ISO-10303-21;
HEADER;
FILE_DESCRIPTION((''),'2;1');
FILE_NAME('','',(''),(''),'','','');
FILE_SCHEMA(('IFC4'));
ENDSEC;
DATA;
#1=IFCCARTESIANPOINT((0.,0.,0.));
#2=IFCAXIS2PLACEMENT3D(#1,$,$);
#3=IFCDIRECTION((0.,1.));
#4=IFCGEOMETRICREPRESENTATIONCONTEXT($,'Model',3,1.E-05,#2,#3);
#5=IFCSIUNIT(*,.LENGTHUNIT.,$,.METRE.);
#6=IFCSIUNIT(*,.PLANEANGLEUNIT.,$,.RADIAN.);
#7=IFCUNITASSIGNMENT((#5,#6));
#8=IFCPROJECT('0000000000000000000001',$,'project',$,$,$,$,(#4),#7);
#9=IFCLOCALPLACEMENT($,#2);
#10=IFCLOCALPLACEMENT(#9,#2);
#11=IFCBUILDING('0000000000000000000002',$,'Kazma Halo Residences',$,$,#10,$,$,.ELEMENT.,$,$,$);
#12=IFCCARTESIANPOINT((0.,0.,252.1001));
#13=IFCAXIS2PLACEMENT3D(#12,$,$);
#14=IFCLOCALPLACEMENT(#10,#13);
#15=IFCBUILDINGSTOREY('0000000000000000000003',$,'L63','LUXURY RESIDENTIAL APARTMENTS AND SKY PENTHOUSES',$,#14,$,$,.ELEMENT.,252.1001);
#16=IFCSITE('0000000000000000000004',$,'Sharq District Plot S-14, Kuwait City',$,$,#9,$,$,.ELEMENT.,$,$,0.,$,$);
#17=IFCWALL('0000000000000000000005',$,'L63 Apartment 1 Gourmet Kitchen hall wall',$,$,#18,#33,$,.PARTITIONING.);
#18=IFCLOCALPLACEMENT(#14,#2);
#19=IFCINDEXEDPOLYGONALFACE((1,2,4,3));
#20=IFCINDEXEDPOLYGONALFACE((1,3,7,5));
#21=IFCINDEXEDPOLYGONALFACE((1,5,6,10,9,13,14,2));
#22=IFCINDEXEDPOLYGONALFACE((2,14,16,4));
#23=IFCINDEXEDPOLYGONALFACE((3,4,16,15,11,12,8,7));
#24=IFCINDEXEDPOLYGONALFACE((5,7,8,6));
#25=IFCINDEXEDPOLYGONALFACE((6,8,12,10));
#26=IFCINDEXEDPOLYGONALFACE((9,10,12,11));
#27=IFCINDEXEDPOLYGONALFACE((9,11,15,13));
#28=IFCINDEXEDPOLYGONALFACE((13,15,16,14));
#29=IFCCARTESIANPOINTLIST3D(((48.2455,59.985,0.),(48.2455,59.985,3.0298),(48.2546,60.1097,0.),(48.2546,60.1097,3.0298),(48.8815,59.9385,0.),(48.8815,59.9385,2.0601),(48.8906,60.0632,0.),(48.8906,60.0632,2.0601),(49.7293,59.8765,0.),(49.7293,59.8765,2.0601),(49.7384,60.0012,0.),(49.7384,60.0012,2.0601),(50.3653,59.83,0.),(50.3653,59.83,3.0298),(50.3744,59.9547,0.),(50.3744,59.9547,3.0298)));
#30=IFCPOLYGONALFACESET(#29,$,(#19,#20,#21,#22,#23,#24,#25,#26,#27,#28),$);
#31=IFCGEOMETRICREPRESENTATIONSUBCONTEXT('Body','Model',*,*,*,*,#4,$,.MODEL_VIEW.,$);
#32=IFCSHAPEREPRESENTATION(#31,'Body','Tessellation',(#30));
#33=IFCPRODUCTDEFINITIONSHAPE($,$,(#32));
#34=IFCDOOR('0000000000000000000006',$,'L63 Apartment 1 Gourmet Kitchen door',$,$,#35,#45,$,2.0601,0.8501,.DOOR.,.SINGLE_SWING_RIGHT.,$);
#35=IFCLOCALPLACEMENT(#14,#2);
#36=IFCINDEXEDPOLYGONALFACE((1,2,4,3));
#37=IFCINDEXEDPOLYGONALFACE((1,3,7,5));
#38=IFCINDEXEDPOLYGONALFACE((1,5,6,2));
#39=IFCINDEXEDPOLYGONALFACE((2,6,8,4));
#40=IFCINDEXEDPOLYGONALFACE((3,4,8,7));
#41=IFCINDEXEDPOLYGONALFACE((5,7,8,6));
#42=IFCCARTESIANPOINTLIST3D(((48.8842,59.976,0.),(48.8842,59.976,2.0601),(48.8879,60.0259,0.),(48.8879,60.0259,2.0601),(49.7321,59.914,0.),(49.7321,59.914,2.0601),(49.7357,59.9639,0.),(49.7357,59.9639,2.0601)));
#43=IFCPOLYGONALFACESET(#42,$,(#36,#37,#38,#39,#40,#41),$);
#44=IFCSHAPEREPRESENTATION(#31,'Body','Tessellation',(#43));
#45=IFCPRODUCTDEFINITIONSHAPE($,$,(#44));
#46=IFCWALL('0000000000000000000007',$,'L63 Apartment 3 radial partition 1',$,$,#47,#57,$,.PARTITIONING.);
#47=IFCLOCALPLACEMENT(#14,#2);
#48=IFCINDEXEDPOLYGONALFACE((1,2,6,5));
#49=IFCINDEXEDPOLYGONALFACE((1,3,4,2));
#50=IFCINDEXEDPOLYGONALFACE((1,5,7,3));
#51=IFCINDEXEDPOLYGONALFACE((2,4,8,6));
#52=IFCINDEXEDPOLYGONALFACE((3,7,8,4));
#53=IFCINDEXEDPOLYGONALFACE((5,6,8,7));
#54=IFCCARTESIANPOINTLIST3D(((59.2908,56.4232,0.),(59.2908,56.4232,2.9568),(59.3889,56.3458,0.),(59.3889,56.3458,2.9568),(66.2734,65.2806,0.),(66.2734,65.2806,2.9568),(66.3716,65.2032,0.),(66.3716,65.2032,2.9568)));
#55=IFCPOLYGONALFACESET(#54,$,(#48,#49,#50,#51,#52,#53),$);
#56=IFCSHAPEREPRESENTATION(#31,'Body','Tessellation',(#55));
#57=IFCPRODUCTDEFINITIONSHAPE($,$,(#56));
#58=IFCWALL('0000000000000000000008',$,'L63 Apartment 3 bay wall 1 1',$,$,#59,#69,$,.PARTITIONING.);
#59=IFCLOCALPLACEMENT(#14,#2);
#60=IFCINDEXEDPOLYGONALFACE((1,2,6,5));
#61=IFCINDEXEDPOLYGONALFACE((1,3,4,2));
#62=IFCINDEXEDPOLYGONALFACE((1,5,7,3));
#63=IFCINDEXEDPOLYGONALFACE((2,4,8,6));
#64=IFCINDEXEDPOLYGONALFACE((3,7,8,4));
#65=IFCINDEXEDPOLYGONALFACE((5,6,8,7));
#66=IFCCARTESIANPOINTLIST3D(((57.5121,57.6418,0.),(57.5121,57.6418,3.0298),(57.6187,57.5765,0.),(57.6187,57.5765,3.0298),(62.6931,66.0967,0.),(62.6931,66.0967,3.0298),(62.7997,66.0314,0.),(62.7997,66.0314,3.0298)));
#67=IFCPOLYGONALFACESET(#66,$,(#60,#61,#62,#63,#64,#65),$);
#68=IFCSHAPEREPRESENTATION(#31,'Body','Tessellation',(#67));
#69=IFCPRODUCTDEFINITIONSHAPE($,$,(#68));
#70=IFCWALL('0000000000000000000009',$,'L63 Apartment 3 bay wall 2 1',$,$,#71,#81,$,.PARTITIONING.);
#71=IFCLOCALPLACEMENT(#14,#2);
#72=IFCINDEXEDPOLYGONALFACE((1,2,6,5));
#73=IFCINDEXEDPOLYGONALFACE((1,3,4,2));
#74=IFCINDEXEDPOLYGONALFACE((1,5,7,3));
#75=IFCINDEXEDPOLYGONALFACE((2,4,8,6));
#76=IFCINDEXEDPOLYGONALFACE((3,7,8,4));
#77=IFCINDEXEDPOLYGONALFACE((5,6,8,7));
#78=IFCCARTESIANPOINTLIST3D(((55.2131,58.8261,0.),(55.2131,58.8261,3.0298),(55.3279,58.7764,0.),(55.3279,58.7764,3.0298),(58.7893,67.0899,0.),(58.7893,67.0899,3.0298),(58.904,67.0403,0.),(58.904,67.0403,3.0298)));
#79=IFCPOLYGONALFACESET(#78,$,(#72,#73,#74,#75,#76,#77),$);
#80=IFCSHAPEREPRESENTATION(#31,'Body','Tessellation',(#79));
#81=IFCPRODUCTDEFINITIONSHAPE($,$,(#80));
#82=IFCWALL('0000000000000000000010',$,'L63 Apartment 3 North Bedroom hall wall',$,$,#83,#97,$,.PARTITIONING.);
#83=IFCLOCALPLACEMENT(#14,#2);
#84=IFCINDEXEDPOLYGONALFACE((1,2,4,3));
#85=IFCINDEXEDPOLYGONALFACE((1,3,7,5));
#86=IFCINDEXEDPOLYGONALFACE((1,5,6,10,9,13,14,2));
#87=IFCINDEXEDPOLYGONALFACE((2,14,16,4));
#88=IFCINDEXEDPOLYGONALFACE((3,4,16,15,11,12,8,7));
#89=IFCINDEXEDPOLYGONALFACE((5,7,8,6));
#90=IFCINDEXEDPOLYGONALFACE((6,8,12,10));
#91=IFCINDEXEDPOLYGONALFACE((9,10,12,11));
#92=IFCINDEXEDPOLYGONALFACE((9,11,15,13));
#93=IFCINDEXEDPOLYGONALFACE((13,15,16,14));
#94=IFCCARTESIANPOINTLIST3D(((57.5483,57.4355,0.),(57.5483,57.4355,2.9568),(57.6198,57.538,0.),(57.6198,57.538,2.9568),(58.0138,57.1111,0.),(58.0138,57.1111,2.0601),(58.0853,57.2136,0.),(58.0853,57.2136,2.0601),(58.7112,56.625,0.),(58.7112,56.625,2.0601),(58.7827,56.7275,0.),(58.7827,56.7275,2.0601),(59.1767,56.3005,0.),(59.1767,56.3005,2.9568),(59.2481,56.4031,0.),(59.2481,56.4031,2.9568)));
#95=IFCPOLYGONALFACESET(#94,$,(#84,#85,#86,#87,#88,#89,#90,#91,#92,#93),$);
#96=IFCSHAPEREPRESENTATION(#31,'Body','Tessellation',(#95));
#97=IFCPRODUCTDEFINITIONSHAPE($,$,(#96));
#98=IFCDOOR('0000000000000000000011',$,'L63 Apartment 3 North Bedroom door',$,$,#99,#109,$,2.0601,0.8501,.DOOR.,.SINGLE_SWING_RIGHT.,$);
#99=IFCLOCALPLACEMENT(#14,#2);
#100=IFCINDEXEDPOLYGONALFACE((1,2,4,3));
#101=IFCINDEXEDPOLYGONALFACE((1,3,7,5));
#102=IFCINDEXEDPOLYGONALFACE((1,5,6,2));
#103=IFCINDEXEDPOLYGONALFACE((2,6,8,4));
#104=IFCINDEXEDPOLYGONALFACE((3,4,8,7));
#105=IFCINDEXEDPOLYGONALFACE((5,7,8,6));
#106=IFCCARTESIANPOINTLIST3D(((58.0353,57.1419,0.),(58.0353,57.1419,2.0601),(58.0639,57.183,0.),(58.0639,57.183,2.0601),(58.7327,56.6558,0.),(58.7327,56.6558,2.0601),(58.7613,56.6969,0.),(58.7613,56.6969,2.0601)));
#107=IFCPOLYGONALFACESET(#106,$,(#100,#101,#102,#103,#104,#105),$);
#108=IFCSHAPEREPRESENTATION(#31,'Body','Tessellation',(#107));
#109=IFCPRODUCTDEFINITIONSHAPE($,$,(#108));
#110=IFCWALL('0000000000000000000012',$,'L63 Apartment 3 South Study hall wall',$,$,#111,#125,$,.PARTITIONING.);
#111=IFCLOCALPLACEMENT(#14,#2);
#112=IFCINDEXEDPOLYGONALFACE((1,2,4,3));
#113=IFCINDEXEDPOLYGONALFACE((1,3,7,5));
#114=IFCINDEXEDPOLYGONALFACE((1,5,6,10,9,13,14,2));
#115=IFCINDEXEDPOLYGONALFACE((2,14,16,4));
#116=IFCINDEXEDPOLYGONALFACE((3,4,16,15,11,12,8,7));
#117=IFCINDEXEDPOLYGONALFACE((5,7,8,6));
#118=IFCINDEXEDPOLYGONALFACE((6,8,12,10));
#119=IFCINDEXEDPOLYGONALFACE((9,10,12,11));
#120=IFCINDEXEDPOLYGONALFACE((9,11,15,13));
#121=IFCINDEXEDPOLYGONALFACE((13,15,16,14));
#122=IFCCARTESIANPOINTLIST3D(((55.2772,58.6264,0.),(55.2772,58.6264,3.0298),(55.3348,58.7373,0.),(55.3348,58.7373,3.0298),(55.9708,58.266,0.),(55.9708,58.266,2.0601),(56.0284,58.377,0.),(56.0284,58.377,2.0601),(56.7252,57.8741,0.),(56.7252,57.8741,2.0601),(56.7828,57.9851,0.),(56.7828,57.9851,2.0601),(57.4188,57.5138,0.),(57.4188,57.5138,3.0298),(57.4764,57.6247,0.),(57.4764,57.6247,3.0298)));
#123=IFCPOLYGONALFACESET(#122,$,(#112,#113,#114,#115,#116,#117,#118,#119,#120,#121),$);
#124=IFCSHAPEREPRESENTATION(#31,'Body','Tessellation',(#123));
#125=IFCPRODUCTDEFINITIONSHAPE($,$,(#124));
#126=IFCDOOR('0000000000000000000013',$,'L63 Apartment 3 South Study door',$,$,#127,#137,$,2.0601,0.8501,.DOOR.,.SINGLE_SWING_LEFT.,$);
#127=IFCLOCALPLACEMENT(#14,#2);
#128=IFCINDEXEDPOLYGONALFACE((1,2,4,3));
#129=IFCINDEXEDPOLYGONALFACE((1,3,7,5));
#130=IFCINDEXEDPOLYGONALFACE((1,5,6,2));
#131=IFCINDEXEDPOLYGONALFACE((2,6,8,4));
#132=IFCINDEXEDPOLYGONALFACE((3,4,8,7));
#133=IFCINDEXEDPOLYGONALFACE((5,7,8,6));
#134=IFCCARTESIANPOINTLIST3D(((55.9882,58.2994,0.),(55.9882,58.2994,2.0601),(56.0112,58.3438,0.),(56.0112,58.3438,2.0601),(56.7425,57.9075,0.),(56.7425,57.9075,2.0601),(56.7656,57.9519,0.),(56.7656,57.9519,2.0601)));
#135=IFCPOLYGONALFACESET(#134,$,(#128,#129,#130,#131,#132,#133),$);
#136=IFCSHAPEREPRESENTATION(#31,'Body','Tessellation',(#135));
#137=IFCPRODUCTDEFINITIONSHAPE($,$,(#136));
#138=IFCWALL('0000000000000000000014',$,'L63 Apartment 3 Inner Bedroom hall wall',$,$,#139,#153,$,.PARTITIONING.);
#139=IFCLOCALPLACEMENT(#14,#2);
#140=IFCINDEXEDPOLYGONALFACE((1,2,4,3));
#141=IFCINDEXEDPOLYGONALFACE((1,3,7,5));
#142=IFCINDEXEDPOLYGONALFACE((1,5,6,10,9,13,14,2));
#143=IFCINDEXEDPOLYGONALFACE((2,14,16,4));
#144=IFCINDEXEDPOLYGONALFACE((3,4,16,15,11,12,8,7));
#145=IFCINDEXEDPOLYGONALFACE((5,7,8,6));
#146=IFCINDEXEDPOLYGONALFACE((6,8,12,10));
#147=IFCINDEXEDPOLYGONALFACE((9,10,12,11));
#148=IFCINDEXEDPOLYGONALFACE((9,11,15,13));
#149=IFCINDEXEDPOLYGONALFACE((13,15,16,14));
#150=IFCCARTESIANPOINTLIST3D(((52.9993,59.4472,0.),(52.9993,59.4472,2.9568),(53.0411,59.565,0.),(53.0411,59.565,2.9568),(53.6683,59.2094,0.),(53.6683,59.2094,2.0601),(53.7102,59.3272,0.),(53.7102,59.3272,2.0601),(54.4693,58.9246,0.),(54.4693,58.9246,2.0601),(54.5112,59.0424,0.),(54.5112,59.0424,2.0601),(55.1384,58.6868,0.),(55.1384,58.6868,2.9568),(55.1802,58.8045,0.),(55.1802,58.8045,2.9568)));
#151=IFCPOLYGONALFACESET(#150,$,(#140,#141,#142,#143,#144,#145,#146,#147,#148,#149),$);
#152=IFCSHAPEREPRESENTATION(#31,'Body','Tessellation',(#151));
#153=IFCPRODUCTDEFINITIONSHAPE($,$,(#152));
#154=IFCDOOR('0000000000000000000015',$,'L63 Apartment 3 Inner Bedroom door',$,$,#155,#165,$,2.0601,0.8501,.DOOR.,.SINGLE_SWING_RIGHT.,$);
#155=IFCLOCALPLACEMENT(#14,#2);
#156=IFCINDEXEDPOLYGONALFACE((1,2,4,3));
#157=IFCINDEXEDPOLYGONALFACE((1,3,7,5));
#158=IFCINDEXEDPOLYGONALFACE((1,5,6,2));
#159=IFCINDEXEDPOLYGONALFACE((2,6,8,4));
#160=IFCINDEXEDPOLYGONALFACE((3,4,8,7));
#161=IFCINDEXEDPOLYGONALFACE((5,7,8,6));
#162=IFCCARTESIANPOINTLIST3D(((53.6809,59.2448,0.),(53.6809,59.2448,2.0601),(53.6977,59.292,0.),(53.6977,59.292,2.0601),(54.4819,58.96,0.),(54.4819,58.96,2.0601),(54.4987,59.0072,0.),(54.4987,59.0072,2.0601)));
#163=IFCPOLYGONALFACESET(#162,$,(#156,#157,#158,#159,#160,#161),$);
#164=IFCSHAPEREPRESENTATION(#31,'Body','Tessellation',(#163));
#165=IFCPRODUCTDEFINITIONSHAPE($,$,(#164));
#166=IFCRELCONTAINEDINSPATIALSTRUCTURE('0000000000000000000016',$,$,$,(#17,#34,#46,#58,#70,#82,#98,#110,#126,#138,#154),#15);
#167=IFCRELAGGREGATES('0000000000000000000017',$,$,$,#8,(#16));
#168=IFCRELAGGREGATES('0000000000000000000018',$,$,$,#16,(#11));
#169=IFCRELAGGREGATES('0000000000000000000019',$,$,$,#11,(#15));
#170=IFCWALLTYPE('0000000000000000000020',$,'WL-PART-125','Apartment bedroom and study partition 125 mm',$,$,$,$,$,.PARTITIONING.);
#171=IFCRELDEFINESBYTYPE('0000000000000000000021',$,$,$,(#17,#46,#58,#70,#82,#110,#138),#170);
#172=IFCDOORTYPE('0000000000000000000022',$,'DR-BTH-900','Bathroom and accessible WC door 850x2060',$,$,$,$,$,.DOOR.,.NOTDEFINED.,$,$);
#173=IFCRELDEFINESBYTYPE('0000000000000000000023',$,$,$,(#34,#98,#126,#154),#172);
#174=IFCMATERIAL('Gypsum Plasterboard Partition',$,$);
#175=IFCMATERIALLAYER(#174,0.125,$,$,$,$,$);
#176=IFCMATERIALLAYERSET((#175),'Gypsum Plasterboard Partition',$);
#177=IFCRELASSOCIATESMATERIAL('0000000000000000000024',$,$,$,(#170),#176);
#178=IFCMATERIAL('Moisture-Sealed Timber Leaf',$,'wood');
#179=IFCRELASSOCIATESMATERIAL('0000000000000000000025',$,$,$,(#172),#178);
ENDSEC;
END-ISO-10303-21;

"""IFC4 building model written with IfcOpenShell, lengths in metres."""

from ifc_helpers import new_model, si_unit, direction, frame, frame_2d, origin, place, context, subcontext, project, spatial, rectangle, extrude, material, layer, layer_set, type_object, element, fill, save


model = new_model("IFC4")

# Units and contexts
model_context = context("Model", 3, precision=1e-05, world=origin(), true_north=direction((0.0, 1.0)))
body_context = subcontext(model_context, "Body", "Model", "MODEL_VIEW")
ifc_project = project(units=[si_unit("LENGTHUNIT", "METRE"), si_unit("PLANEANGLEUNIT", "RADIAN")], contexts=[model_context])

# Site, building, storey
site_placement = place(None, origin())
site = spatial("IfcSite", under=ifc_project, at=site_placement, Name="Sharq District Plot S-14, Kuwait City", CompositionType="ELEMENT", RefElevation=0.0)
building_placement = place(site_placement, origin())
building = spatial("IfcBuilding", under=site, at=building_placement, Name="Kazma Halo Residences", CompositionType="ELEMENT")
storey_placement = place(building_placement, frame((0.0, 0.0, 252.1001)))
storey = spatial("IfcBuildingStorey", under=building, at=storey_placement, Name="L63", Description="LUXURY RESIDENTIAL APARTMENTS AND SKY PENTHOUSES", CompositionType="ELEMENT", Elevation=252.1001)

# Wall, opening, door
ifc_material_1 = material(Name="Gypsum Plasterboard Partition")
ifc_layer_1 = layer(ifc_material_1, 0.125)
ifc_layer_set_1 = layer_set([ifc_layer_1], Name="Gypsum Plasterboard Partition")
wall_type_1 = type_object("IfcWallType", Name="WL-PART-125", Description="Apartment bedroom and study partition 125 mm", PredefinedType="PARTITIONING", material=ifc_layer_set_1)
ifc_material_2 = material(Name="Moisture-Sealed Timber Leaf", Category="wood")
door_type = type_object("IfcDoorType", Name="DR-BTH-900", Description="Bathroom and accessible WC door 850x2060", OperationType="NOTDEFINED", PredefinedType="DOOR", material=ifc_material_2)
wall_1_placement = place(storey_placement, frame((50.3699, 59.8923, 0.0), z_axis=(0.0, 0.0, 1.0), x_axis=(-0.997337, 0.072937, 0.0)))
wall_1 = element("IfcWall", 1, at=wall_1_placement, inside=storey, type_object=wall_type_1, Name="L63 Apartment 1 Gourmet Kitchen hall wall", PredefinedType="PARTITIONING", context=body_context, shape_type="SweptSolid", body=[
    extrude(rectangle(XDim=2.1255, YDim=0.125, at=frame_2d((1.0627, 0.0))), origin(), (0.0, 0.0, 1.0), 3.0298),
])
opening_1_placement = place(wall_1_placement, frame((0.6377, 0.0, 0.0)))
opening_1 = element("IfcOpeningElement", 2, at=opening_1_placement, cuts=wall_1, PredefinedType="OPENING", context=body_context, shape_type="SweptSolid", body=[
    extrude(rectangle(XDim=0.8501, YDim=2.0601, at=frame_2d((0.425, 1.03))), frame((0.0, 0.0725, 0.0), z_axis=(0.0, -1.0, 0.0), x_axis=(1.0, 0.0, 0.0)), (0.0, 0.0, 1.0), 0.145),
])
door_1_placement = place(opening_1_placement, origin())
door_1 = element("IfcDoor", 3, at=door_1_placement, inside=storey, type_object=door_type, Name="L63 Apartment 1 Gourmet Kitchen door", OperationType="SINGLE_SWING_RIGHT", OverallHeight=2.0601, OverallWidth=0.8501, PredefinedType="DOOR", context=body_context, shape_type="SweptSolid", body=[
    extrude(rectangle(XDim=0.8501, YDim=2.0601, at=frame_2d((0.425, 1.03))), frame((0.0, 0.0249, 0.0), z_axis=(0.0, -1.0, 0.0), x_axis=(1.0, 0.0, 0.0)), (0.0, 0.0, 1.0), 0.05),
])
fill(opening_1, door_1)

# Walls
wall_2_placement = place(storey_placement, frame((59.3398, 56.3845, 0.0), z_axis=(0.0, 0.0, 1.0), x_axis=(0.619096, 0.785315, 0.0)))
element("IfcWall", 4, at=wall_2_placement, inside=storey, type_object=wall_type_1, Name="L63 Apartment 3 radial partition 1", PredefinedType="PARTITIONING", context=body_context, shape_type="SweptSolid", body=[
    extrude(rectangle(XDim=11.2788, YDim=0.125, at=frame_2d((5.6394, 0.0))), origin(), (0.0, 0.0, 1.0), 2.9568),
])
wall_3_placement = place(storey_placement, frame((57.5654, 57.6091, 0.0), z_axis=(0.0, 0.0, 1.0), x_axis=(0.522482, 0.85265, 0.0)))
element("IfcWall", 5, at=wall_3_placement, inside=storey, type_object=wall_type_1, Name="L63 Apartment 3 bay wall 1 1", PredefinedType="PARTITIONING", context=body_context, shape_type="SweptSolid", body=[
    extrude(rectangle(XDim=9.916, YDim=0.125, at=frame_2d((4.958, 0.0))), origin(), (0.0, 0.0, 1.0), 3.0298),
])
wall_4_placement = place(storey_placement, frame((55.2705, 58.8013, 0.0), z_axis=(0.0, 0.0, 1.0), x_axis=(0.397153, 0.917752, 0.0)))
element("IfcWall", 6, at=wall_4_placement, inside=storey, type_object=wall_type_1, Name="L63 Apartment 3 bay wall 2 1", PredefinedType="PARTITIONING", context=body_context, shape_type="SweptSolid", body=[
    extrude(rectangle(XDim=9.0044, YDim=0.125, at=frame_2d((4.5022, 0.0))), origin(), (0.0, 0.0, 1.0), 3.0298),
])

# Walls, openings, doors
wall_5_placement = place(storey_placement, frame((59.2124, 56.3518, 0.0), z_axis=(0.0, 0.0, 1.0), x_axis=(-0.820386, 0.57181, 0.0)))
wall_5 = element("IfcWall", 7, at=wall_5_placement, inside=storey, type_object=wall_type_1, Name="L63 Apartment 3 North Bedroom hall wall", PredefinedType="PARTITIONING", context=body_context, shape_type="SweptSolid", body=[
    extrude(rectangle(XDim=1.9849, YDim=0.125, at=frame_2d((0.9924, 0.0))), origin(), (0.0, 0.0, 1.0), 2.9568),
])
opening_2_placement = place(wall_5_placement, frame((0.5674, 0.0, 0.0)))
opening_2 = element("IfcOpeningElement", 8, at=opening_2_placement, cuts=wall_5, PredefinedType="OPENING", context=body_context, shape_type="SweptSolid", body=[
    extrude(rectangle(XDim=0.8501, YDim=2.0601, at=frame_2d((0.425, 1.03))), frame((0.0, 0.0725, 0.0), z_axis=(0.0, -1.0, 0.0), x_axis=(1.0, 0.0, 0.0)), (0.0, 0.0, 1.0), 0.145),
])
door_2_placement = place(opening_2_placement, origin())
door_2 = element("IfcDoor", 9, at=door_2_placement, inside=storey, type_object=door_type, Name="L63 Apartment 3 North Bedroom door", OperationType="SINGLE_SWING_RIGHT", OverallHeight=2.0601, OverallWidth=0.8501, PredefinedType="DOOR", context=body_context, shape_type="SweptSolid", body=[
    extrude(rectangle(XDim=0.8501, YDim=2.0601, at=frame_2d((0.425, 1.03))), frame((0.0, 0.0249, 0.0), z_axis=(0.0, -1.0, 0.0), x_axis=(1.0, 0.0, 0.0)), (0.0, 0.0, 1.0), 0.05),
])
fill(opening_2, door_2)
wall_6_placement = place(storey_placement, frame((57.4475, 57.5693, 0.0), z_axis=(0.0, 0.0, 1.0), x_axis=(-0.887401, 0.460999, 0.0)))
wall_6 = element("IfcWall", 10, at=wall_6_placement, inside=storey, type_object=wall_type_1, Name="L63 Apartment 3 South Study hall wall", PredefinedType="PARTITIONING", context=body_context, shape_type="SweptSolid", body=[
    extrude(rectangle(XDim=2.4133, YDim=0.125, at=frame_2d((1.2065, 0.0))), origin(), (0.0, 0.0, 1.0), 3.0298),
])
opening_3_placement = place(wall_6_placement, frame((0.7815, 0.0, 0.0)))
opening_3 = element("IfcOpeningElement", 11, at=opening_3_placement, cuts=wall_6, PredefinedType="OPENING", context=body_context, shape_type="SweptSolid", body=[
    extrude(rectangle(XDim=0.8501, YDim=2.0601, at=frame_2d((0.425, 1.03))), frame((0.0, 0.0725, 0.0), z_axis=(0.0, -1.0, 0.0), x_axis=(1.0, 0.0, 0.0)), (0.0, 0.0, 1.0), 0.145),
])
door_3_placement = place(opening_3_placement, origin())
door_3 = element("IfcDoor", 12, at=door_3_placement, inside=storey, type_object=door_type, Name="L63 Apartment 3 South Study door", OperationType="SINGLE_SWING_LEFT", OverallHeight=2.0601, OverallWidth=0.8501, PredefinedType="DOOR", context=body_context, shape_type="SweptSolid", body=[
    extrude(rectangle(XDim=0.8501, YDim=2.0601, at=frame_2d((0.425, 1.03))), frame((0.0, 0.0249, 0.0), z_axis=(0.0, -1.0, 0.0), x_axis=(1.0, 0.0, 0.0)), (0.0, 0.0, 1.0), 0.05),
])
fill(opening_3, door_3)
wall_7_placement = place(storey_placement, frame((55.1594, 58.7456, 0.0), z_axis=(0.0, 0.0, 1.0), x_axis=(-0.942228, 0.334974, 0.0)))
wall_7 = element("IfcWall", 13, at=wall_7_placement, inside=storey, type_object=wall_type_1, Name="L63 Apartment 3 Inner Bedroom hall wall", PredefinedType="PARTITIONING", context=body_context, shape_type="SweptSolid", body=[
    extrude(rectangle(XDim=2.2703, YDim=0.125, at=frame_2d((1.1353, 0.0))), origin(), (0.0, 0.0, 1.0), 2.9568),
])
opening_4_placement = place(wall_7_placement, frame((0.7102, 0.0, 0.0)))
opening_4 = element("IfcOpeningElement", 14, at=opening_4_placement, cuts=wall_7, PredefinedType="OPENING", context=body_context, shape_type="SweptSolid", body=[
    extrude(rectangle(XDim=0.8501, YDim=2.0601, at=frame_2d((0.425, 1.03))), frame((0.0, 0.0725, 0.0), z_axis=(0.0, -1.0, 0.0), x_axis=(1.0, 0.0, 0.0)), (0.0, 0.0, 1.0), 0.145),
])
door_4_placement = place(opening_4_placement, origin())
door_4 = element("IfcDoor", 15, at=door_4_placement, inside=storey, type_object=door_type, Name="L63 Apartment 3 Inner Bedroom door", OperationType="SINGLE_SWING_RIGHT", OverallHeight=2.0601, OverallWidth=0.8501, PredefinedType="DOOR", context=body_context, shape_type="SweptSolid", body=[
    extrude(rectangle(XDim=0.8501, YDim=2.0601, at=frame_2d((0.425, 1.03))), frame((0.0, 0.0249, 0.0), z_axis=(0.0, -1.0, 0.0), x_axis=(1.0, 0.0, 0.0)), (0.0, 0.0, 1.0), 0.05),
])
fill(opening_4, door_4)

save(model, "model.ifc")
